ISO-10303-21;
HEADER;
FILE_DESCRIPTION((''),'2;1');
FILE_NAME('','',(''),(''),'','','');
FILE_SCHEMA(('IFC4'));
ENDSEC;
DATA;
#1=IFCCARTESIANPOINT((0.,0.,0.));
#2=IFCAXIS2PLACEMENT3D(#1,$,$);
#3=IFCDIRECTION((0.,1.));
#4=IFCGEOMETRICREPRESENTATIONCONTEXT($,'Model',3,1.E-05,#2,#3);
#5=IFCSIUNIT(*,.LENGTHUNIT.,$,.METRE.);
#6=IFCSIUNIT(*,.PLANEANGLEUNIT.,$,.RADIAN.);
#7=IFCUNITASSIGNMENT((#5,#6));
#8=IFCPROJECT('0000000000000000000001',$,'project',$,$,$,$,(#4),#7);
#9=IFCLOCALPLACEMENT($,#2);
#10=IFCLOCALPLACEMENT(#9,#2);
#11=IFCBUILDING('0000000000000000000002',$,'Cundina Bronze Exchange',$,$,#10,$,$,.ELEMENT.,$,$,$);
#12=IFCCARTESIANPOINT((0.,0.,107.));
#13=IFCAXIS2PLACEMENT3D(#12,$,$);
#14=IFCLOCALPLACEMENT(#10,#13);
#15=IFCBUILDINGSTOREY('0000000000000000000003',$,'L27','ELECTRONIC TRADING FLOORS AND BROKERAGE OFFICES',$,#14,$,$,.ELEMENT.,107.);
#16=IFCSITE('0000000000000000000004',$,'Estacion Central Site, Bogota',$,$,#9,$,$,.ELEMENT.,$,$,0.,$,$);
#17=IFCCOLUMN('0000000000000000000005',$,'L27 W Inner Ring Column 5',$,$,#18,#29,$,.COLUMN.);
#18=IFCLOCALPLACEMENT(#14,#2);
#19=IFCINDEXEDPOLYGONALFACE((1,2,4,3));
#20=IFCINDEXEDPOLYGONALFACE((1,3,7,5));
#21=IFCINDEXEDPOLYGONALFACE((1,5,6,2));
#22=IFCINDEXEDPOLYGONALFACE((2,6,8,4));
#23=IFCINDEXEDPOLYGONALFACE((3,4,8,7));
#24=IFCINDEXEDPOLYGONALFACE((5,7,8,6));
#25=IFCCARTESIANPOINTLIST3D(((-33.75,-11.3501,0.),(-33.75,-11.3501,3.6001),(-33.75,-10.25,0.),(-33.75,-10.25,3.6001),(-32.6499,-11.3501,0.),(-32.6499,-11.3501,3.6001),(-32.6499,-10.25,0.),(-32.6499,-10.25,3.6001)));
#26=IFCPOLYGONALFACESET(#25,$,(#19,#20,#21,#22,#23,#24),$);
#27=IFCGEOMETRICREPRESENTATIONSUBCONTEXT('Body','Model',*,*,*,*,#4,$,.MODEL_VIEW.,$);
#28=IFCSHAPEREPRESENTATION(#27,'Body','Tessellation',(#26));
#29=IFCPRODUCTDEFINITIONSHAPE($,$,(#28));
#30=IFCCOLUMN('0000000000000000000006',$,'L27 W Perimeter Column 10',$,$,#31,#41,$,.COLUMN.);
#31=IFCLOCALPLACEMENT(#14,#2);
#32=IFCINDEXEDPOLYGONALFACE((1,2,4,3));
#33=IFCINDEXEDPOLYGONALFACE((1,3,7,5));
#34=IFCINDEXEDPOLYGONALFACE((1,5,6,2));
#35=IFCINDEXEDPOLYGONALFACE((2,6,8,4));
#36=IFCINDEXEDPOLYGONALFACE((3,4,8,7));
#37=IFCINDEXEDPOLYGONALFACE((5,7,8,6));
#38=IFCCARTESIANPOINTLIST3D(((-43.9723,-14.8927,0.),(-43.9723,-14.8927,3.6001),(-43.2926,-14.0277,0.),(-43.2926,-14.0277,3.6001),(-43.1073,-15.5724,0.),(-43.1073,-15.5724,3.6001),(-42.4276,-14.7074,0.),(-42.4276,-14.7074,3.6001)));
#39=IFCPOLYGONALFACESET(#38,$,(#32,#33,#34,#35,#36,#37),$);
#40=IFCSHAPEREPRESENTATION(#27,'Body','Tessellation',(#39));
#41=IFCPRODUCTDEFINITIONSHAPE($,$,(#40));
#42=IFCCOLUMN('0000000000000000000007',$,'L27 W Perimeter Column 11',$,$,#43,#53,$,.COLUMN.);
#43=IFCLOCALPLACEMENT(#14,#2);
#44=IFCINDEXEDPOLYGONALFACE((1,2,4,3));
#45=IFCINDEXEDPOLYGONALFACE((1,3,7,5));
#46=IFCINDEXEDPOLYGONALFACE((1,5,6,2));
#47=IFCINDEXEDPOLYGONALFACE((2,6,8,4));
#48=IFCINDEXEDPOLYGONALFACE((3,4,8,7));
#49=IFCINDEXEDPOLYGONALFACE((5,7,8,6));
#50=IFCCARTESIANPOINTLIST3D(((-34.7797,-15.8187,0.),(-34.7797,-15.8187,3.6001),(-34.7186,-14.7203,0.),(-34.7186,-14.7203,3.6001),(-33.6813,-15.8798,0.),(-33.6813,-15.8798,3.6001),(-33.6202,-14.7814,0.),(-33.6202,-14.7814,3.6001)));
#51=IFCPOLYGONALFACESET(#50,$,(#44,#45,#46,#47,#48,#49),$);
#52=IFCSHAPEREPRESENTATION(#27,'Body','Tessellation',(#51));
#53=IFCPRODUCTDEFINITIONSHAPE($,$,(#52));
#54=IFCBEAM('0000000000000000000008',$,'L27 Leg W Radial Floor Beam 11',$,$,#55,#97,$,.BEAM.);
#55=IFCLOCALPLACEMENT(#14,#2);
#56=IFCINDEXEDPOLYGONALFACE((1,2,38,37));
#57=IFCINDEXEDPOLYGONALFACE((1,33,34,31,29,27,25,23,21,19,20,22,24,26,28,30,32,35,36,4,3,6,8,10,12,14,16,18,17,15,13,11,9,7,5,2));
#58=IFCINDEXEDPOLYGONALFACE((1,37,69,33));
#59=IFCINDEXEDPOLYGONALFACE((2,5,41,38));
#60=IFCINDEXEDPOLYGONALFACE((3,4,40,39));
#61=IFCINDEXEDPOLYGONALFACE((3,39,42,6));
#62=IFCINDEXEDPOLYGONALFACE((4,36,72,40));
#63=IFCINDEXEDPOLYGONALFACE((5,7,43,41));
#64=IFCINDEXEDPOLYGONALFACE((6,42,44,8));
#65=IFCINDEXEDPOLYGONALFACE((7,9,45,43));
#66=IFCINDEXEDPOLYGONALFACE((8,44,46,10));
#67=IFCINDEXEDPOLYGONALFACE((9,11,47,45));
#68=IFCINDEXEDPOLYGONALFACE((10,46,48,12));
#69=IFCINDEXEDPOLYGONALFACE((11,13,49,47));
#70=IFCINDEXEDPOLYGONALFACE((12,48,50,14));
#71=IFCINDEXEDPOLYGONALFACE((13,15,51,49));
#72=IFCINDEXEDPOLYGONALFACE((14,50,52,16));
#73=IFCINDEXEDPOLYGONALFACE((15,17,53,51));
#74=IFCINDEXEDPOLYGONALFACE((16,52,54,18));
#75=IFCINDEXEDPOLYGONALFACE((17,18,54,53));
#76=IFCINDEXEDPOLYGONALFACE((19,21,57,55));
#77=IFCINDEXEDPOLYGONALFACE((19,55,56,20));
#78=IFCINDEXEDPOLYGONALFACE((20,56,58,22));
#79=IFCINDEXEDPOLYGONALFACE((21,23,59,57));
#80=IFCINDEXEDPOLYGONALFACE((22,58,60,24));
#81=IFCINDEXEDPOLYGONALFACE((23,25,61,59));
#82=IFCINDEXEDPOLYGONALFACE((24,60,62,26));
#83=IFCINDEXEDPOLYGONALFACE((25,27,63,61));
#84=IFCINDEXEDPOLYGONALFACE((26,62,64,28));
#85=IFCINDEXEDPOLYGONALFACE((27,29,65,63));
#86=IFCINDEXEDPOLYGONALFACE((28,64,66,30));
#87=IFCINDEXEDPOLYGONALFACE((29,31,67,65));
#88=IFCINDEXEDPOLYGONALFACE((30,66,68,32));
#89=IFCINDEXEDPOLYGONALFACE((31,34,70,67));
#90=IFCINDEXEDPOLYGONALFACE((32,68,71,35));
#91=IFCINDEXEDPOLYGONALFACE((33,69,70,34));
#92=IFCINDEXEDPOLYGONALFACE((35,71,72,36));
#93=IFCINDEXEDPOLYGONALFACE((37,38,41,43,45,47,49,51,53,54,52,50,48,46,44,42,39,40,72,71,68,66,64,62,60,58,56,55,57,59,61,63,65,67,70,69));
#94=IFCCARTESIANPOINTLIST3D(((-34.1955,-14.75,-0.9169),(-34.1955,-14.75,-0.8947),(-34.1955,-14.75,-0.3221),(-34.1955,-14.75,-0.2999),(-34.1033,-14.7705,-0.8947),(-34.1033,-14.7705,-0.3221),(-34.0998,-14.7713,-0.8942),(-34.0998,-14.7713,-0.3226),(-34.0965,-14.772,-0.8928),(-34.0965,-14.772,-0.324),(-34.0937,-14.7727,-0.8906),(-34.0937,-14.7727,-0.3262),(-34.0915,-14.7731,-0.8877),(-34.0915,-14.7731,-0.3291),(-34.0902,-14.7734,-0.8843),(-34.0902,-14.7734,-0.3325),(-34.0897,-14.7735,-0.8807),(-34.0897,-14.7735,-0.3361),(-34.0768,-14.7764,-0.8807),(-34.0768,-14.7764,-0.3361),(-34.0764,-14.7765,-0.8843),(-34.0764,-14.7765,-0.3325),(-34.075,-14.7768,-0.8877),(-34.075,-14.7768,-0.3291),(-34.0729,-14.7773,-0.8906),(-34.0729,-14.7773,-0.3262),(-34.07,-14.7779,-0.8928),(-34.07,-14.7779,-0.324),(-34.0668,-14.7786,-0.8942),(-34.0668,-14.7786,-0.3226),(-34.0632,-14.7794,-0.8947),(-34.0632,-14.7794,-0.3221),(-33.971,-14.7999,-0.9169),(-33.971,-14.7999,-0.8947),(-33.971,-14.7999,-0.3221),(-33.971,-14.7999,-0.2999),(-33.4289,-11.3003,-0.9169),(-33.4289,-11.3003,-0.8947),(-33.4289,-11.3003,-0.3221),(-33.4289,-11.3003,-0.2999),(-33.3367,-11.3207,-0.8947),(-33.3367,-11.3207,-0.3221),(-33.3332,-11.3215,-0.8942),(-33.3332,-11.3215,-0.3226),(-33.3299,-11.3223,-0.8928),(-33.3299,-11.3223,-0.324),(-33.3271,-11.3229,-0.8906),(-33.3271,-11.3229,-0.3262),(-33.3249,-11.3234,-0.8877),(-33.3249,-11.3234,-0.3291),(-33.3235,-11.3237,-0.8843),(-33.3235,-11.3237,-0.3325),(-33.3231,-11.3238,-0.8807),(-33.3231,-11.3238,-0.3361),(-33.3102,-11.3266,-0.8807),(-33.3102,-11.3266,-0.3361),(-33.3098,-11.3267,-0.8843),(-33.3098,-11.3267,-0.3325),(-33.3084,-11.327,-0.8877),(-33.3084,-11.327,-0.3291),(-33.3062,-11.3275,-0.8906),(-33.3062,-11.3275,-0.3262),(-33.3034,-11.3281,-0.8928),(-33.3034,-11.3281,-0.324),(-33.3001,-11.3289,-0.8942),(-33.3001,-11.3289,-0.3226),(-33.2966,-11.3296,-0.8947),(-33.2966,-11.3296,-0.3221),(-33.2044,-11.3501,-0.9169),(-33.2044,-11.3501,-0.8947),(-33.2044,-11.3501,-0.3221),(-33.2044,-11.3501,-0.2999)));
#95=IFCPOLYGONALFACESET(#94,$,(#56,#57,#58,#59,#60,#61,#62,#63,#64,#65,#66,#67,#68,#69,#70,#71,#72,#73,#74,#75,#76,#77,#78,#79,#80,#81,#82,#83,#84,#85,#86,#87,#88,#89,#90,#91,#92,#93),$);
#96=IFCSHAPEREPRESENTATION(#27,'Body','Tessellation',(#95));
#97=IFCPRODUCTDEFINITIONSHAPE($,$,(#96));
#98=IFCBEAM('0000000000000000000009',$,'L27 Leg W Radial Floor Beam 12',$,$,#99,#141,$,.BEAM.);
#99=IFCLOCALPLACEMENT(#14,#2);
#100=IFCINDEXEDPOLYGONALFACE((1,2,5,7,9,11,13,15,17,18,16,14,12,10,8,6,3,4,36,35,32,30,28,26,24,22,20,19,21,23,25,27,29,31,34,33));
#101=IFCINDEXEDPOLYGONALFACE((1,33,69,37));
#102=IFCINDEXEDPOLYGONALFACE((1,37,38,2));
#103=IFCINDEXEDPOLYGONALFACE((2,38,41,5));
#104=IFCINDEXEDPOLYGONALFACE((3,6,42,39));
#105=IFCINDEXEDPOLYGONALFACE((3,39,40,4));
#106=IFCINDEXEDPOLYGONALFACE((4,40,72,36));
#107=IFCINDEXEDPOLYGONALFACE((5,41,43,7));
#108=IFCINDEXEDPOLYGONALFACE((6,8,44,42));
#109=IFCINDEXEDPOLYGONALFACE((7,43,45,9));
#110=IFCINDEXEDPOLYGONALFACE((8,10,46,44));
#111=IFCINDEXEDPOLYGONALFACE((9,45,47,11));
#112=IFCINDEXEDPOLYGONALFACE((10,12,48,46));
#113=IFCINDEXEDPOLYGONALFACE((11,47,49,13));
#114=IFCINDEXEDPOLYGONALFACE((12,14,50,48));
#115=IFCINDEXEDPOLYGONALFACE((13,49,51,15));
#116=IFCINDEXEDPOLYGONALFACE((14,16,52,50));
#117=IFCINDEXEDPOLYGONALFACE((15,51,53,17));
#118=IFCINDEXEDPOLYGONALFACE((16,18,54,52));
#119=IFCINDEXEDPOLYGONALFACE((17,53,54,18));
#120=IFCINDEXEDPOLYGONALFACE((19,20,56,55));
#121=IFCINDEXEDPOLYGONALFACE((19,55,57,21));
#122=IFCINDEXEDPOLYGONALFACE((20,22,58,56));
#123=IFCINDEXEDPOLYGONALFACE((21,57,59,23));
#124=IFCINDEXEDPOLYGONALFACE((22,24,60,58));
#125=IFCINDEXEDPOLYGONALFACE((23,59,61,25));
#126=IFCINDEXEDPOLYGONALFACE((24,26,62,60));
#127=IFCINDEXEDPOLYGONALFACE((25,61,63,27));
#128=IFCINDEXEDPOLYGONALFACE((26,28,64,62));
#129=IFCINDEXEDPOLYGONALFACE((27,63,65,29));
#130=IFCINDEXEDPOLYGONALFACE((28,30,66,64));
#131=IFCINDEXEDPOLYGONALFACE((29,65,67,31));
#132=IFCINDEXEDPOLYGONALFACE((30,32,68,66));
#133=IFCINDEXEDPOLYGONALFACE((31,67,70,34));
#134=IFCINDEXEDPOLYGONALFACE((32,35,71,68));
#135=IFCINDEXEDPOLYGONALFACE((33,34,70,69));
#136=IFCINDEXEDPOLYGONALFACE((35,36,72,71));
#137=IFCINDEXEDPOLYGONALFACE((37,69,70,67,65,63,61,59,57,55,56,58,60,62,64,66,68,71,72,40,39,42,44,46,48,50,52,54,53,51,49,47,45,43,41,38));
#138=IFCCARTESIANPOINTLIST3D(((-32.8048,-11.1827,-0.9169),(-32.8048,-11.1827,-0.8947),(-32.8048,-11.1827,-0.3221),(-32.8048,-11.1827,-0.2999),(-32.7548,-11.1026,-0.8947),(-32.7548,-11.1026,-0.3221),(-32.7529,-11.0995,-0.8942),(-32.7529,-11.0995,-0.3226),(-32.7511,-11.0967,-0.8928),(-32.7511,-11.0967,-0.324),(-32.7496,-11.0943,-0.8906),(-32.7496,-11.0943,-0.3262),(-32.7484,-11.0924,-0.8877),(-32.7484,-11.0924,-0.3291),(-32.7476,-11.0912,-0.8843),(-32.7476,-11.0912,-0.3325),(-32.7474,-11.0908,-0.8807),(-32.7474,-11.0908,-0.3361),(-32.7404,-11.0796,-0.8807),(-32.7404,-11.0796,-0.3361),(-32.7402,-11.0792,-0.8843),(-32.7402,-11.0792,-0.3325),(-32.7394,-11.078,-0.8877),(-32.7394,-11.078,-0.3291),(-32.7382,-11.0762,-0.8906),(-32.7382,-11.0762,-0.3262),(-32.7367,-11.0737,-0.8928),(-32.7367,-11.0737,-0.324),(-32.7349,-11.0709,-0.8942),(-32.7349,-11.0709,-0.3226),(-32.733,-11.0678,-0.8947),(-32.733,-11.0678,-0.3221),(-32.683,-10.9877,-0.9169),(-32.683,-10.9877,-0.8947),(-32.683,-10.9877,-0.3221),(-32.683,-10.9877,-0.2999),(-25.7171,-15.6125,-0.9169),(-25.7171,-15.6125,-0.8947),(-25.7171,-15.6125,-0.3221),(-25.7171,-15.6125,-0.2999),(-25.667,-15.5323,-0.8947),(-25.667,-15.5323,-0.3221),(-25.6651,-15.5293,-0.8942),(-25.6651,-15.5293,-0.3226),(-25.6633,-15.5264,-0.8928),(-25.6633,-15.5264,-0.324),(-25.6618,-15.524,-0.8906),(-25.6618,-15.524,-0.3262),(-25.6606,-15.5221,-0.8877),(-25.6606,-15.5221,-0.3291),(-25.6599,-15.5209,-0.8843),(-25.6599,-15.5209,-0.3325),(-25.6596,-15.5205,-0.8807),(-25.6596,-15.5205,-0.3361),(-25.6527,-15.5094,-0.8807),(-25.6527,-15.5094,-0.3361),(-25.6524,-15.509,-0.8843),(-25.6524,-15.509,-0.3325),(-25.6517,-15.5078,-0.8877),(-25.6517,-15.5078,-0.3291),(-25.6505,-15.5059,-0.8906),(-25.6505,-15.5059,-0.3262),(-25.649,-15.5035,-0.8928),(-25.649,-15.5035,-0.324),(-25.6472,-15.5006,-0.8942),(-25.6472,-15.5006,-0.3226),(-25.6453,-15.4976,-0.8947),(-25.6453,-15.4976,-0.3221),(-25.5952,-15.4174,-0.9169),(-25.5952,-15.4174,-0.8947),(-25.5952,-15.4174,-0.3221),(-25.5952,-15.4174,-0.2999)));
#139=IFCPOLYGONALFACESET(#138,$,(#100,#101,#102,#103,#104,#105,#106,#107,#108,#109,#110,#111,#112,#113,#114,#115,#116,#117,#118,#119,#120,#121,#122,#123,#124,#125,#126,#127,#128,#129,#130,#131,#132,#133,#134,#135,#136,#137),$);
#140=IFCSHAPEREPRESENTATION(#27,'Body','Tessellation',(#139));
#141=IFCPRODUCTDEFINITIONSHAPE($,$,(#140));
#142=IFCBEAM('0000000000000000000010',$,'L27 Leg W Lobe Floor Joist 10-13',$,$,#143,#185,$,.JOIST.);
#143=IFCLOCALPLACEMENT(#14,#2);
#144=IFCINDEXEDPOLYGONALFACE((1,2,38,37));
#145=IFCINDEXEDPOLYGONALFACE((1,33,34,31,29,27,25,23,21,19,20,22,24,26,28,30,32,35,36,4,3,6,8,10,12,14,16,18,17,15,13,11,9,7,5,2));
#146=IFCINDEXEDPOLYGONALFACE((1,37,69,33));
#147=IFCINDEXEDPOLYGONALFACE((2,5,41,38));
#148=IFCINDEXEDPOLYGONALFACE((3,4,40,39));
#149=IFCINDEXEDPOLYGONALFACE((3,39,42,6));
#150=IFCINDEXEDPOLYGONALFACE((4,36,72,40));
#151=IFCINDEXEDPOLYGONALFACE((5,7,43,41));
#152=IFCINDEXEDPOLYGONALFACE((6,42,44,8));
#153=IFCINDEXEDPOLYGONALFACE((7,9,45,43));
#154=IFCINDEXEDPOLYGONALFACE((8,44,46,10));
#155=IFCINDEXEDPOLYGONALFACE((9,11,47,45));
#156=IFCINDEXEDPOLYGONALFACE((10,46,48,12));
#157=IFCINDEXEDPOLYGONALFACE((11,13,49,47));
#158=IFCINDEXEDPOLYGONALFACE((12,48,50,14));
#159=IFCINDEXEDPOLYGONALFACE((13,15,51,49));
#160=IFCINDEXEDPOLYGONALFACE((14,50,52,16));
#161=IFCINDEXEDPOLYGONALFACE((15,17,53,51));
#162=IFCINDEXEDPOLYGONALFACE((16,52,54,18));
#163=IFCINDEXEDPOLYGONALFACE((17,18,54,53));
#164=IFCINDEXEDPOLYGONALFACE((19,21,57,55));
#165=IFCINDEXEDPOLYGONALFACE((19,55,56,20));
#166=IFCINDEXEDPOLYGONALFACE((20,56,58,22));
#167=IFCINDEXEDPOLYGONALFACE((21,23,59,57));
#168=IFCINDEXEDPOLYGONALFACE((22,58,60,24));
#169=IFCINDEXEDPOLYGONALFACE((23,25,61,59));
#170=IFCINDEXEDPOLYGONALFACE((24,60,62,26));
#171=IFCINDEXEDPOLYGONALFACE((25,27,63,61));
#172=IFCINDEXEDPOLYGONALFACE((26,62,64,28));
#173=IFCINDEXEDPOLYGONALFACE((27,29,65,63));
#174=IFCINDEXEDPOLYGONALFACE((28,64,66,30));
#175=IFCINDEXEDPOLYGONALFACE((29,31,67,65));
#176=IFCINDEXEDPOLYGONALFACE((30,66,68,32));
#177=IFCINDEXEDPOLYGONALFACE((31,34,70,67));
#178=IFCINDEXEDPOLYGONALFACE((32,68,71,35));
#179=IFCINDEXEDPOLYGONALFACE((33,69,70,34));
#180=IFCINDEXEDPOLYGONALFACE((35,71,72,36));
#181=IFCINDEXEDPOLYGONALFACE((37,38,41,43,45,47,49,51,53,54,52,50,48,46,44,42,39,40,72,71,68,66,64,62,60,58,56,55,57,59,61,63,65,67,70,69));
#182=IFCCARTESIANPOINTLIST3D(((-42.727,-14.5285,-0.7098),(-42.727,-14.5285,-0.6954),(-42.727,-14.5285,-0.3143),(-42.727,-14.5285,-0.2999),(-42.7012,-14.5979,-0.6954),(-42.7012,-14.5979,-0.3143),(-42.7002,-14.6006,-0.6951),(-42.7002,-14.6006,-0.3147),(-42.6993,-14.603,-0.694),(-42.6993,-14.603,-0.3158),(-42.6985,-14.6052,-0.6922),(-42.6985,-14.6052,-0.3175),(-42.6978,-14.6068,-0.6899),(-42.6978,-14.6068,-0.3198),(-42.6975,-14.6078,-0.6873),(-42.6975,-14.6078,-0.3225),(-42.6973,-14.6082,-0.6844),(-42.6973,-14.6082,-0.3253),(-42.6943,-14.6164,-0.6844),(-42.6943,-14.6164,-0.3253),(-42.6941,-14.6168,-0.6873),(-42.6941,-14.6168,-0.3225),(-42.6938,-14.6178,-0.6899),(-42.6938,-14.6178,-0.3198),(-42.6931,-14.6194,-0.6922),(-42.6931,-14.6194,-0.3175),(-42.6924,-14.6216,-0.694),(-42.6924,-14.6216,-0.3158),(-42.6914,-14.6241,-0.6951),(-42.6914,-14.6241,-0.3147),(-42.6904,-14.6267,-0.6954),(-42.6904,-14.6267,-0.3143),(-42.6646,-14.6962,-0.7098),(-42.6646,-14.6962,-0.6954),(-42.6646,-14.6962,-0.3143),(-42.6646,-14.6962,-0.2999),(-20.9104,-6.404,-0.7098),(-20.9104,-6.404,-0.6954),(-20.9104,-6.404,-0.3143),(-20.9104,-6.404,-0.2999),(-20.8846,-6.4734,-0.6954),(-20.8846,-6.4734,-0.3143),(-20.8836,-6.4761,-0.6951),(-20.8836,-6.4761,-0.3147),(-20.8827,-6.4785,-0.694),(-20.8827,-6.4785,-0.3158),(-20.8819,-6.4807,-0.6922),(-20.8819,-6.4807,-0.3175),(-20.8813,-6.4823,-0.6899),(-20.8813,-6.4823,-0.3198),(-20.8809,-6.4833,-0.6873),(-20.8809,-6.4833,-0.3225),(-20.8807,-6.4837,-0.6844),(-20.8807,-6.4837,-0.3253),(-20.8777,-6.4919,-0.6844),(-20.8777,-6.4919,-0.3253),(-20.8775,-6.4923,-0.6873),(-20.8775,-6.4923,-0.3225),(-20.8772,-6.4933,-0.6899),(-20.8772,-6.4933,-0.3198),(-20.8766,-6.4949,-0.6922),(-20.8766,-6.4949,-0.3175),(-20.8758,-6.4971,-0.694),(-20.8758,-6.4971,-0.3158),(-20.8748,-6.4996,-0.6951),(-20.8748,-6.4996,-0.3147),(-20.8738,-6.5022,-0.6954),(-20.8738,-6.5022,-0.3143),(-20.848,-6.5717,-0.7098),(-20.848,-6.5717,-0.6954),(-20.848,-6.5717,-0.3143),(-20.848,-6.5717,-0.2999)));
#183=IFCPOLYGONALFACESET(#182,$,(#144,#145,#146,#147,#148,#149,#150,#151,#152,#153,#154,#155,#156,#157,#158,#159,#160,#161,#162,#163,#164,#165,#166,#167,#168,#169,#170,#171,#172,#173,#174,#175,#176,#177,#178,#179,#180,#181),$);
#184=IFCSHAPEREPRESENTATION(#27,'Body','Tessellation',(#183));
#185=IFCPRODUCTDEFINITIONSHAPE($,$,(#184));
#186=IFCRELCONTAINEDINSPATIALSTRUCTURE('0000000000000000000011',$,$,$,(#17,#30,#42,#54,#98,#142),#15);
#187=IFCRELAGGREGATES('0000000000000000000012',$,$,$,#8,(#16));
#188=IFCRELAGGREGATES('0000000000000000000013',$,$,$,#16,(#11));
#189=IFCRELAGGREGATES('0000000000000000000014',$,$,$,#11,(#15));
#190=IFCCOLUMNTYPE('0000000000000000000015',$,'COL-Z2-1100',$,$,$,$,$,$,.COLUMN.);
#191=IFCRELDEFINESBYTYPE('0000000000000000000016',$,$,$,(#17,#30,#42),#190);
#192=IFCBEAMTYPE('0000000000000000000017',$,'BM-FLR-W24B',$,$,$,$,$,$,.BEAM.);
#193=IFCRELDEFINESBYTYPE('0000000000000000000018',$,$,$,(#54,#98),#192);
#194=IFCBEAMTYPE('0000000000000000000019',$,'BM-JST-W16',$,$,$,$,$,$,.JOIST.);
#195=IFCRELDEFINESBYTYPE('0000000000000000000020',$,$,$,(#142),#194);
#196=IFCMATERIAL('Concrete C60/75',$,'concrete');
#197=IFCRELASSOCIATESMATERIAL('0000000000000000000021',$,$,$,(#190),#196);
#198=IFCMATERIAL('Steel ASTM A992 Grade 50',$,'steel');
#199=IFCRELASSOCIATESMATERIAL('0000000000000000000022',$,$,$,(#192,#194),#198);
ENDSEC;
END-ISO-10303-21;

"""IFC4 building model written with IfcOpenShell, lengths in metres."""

from ifc_helpers import new_model, si_unit, direction, frame, origin, origin_2d, place, context, subcontext, project, spatial, rectangle, i_section, extrude, material, material_profile, profile_set, type_object, element, save


model = new_model("IFC4")

# Units and contexts
model_context = context("Model", 3, precision=1e-05, world=origin(), true_north=direction((0.0, 1.0)))
body_context = subcontext(model_context, "Body", "Model", "MODEL_VIEW")
ifc_project = project(units=[si_unit("LENGTHUNIT", "METRE"), si_unit("PLANEANGLEUNIT", "RADIAN")], contexts=[model_context])

# Site, building, storey
site_placement = place(None, origin())
site = spatial("IfcSite", under=ifc_project, at=site_placement, Name="Estacion Central Site, Bogota", CompositionType="ELEMENT", RefElevation=0.0)
building_placement = place(site_placement, origin())
building = spatial("IfcBuilding", under=site, at=building_placement, Name="Cundina Bronze Exchange", CompositionType="ELEMENT")
storey_placement = place(building_placement, frame((0.0, 0.0, 107.0)))
storey = spatial("IfcBuildingStorey", under=building, at=storey_placement, Name="L27", Description="ELECTRONIC TRADING FLOORS AND BROKERAGE OFFICES", CompositionType="ELEMENT", Elevation=107.0)

# Columns
ifc_material_1 = material(Name="Concrete C60/75", Category="concrete")
ifc_material_profile_1 = material_profile(ifc_material_1, rectangle(XDim=1.1001, YDim=1.1001, at=origin_2d()), Name="RC1100X1100", Category="concrete")
ifc_profile_set_1 = profile_set([ifc_material_profile_1], Name="Concrete C60/75")
column_type = type_object("IfcColumnType", Name="COL-Z2-1100", PredefinedType="COLUMN", material=ifc_profile_set_1)
for number, where, z_axis, x_axis, name in (
    (1, (-33.2, -10.8, 0.0), (0.0, 0.0, 1.0), (1.0, 0.0, 0.0), "L27 W Inner Ring Column 5"),
    (2, (-43.2, -14.8, 0.0), (0.0, 0.0, 1.0), (0.786288, -0.61786, 0.0), "L27 W Perimeter Column 10"),
    (3, (-34.2, -15.3, 0.0), (0.0, 0.0, 1.0), (0.99846, -0.055473, 0.0), "L27 W Perimeter Column 11"),
):
    element("IfcColumn", number, at=place(storey_placement, frame(where, z_axis=z_axis, x_axis=x_axis)), inside=storey, type_object=column_type, Name=name, PredefinedType="COLUMN", context=body_context, shape_type="SweptSolid", body=[
        extrude(rectangle(XDim=1.1001, YDim=1.1001, at=origin_2d()), origin(), (0.0, 0.0, 1.0), 3.6001),
    ])

# Beams
ifc_material_2 = material(Name="Steel ASTM A992 Grade 50", Category="steel")
ifc_material_profile_2 = material_profile(ifc_material_2, i_section(OverallWidth=0.23, OverallDepth=0.6169, WebThickness=0.0132, FlangeThickness=0.0222, FilletRadius=0.0139, at=origin_2d()), Name="W24X94", Category="steel")
ifc_profile_set_2 = profile_set([ifc_material_profile_2], Name="Steel ASTM A992 Grade 50")
beam_type_1 = type_object("IfcBeamType", Name="BM-FLR-W24B", PredefinedType="BEAM", material=ifc_profile_set_2)
beam_1_placement = place(storey_placement, frame((-33.3167, -11.3252, -0.6084), z_axis=(-0.21693, -0.976187, 0.0), x_axis=(0.976187, -0.21693, 0.0)))
element("IfcBeam", 4, at=beam_1_placement, inside=storey, type_object=beam_type_1, Name="L27 Leg W Radial Floor Beam 11", PredefinedType="BEAM", context=body_context, shape_type="SweptSolid", body=[
    extrude(i_section(OverallWidth=0.23, OverallDepth=0.6169, WebThickness=0.0132, FlangeThickness=0.0222, FilletRadius=0.0139, at=origin_2d()), origin(), (0.0, 0.0, 1.0), 3.5339),
])
beam_2_placement = place(storey_placement, frame((-32.7439, -11.0852, -0.6084), z_axis=(0.848003, -0.529991, 0.0), x_axis=(0.529991, 0.848003, 0.0)))
element("IfcBeam", 5, at=beam_2_placement, inside=storey, type_object=beam_type_1, Name="L27 Leg W Radial Floor Beam 12", PredefinedType="BEAM", context=body_context, shape_type="SweptSolid", body=[
    extrude(i_section(OverallWidth=0.23, OverallDepth=0.6169, WebThickness=0.0132, FlangeThickness=0.0222, FilletRadius=0.0139, at=origin_2d()), origin(), (0.0, 0.0, 1.0), 8.3582),
])
ifc_material_profile_3 = material_profile(ifc_material_2, i_section(OverallWidth=0.179, OverallDepth=0.4099, WebThickness=0.0088, FlangeThickness=0.0144, FilletRadius=0.011, at=origin_2d()), Name="W16X45", Category="steel")
ifc_profile_set_3 = profile_set([ifc_material_profile_3], Name="Steel ASTM A992 Grade 50")
beam_type_2 = type_object("IfcBeamType", Name="BM-JST-W16", PredefinedType="JOIST", material=ifc_profile_set_3)
beam_3_placement = place(storey_placement, frame((-42.6958, -14.6123, -0.5049), z_axis=(0.937128, 0.348986, 0.0), x_axis=(-0.348986, 0.937128, 0.0)))
element("IfcBeam", 6, at=beam_3_placement, inside=storey, type_object=beam_type_2, Name="L27 Leg W Lobe Floor Joist 10-13", PredefinedType="JOIST", context=body_context, shape_type="SweptSolid", body=[
    extrude(i_section(OverallWidth=0.179, OverallDepth=0.4099, WebThickness=0.0088, FlangeThickness=0.0144, FilletRadius=0.011, at=origin_2d()), origin(), (0.0, 0.0, 1.0), 23.2803),
])

save(model, "model.ifc")
